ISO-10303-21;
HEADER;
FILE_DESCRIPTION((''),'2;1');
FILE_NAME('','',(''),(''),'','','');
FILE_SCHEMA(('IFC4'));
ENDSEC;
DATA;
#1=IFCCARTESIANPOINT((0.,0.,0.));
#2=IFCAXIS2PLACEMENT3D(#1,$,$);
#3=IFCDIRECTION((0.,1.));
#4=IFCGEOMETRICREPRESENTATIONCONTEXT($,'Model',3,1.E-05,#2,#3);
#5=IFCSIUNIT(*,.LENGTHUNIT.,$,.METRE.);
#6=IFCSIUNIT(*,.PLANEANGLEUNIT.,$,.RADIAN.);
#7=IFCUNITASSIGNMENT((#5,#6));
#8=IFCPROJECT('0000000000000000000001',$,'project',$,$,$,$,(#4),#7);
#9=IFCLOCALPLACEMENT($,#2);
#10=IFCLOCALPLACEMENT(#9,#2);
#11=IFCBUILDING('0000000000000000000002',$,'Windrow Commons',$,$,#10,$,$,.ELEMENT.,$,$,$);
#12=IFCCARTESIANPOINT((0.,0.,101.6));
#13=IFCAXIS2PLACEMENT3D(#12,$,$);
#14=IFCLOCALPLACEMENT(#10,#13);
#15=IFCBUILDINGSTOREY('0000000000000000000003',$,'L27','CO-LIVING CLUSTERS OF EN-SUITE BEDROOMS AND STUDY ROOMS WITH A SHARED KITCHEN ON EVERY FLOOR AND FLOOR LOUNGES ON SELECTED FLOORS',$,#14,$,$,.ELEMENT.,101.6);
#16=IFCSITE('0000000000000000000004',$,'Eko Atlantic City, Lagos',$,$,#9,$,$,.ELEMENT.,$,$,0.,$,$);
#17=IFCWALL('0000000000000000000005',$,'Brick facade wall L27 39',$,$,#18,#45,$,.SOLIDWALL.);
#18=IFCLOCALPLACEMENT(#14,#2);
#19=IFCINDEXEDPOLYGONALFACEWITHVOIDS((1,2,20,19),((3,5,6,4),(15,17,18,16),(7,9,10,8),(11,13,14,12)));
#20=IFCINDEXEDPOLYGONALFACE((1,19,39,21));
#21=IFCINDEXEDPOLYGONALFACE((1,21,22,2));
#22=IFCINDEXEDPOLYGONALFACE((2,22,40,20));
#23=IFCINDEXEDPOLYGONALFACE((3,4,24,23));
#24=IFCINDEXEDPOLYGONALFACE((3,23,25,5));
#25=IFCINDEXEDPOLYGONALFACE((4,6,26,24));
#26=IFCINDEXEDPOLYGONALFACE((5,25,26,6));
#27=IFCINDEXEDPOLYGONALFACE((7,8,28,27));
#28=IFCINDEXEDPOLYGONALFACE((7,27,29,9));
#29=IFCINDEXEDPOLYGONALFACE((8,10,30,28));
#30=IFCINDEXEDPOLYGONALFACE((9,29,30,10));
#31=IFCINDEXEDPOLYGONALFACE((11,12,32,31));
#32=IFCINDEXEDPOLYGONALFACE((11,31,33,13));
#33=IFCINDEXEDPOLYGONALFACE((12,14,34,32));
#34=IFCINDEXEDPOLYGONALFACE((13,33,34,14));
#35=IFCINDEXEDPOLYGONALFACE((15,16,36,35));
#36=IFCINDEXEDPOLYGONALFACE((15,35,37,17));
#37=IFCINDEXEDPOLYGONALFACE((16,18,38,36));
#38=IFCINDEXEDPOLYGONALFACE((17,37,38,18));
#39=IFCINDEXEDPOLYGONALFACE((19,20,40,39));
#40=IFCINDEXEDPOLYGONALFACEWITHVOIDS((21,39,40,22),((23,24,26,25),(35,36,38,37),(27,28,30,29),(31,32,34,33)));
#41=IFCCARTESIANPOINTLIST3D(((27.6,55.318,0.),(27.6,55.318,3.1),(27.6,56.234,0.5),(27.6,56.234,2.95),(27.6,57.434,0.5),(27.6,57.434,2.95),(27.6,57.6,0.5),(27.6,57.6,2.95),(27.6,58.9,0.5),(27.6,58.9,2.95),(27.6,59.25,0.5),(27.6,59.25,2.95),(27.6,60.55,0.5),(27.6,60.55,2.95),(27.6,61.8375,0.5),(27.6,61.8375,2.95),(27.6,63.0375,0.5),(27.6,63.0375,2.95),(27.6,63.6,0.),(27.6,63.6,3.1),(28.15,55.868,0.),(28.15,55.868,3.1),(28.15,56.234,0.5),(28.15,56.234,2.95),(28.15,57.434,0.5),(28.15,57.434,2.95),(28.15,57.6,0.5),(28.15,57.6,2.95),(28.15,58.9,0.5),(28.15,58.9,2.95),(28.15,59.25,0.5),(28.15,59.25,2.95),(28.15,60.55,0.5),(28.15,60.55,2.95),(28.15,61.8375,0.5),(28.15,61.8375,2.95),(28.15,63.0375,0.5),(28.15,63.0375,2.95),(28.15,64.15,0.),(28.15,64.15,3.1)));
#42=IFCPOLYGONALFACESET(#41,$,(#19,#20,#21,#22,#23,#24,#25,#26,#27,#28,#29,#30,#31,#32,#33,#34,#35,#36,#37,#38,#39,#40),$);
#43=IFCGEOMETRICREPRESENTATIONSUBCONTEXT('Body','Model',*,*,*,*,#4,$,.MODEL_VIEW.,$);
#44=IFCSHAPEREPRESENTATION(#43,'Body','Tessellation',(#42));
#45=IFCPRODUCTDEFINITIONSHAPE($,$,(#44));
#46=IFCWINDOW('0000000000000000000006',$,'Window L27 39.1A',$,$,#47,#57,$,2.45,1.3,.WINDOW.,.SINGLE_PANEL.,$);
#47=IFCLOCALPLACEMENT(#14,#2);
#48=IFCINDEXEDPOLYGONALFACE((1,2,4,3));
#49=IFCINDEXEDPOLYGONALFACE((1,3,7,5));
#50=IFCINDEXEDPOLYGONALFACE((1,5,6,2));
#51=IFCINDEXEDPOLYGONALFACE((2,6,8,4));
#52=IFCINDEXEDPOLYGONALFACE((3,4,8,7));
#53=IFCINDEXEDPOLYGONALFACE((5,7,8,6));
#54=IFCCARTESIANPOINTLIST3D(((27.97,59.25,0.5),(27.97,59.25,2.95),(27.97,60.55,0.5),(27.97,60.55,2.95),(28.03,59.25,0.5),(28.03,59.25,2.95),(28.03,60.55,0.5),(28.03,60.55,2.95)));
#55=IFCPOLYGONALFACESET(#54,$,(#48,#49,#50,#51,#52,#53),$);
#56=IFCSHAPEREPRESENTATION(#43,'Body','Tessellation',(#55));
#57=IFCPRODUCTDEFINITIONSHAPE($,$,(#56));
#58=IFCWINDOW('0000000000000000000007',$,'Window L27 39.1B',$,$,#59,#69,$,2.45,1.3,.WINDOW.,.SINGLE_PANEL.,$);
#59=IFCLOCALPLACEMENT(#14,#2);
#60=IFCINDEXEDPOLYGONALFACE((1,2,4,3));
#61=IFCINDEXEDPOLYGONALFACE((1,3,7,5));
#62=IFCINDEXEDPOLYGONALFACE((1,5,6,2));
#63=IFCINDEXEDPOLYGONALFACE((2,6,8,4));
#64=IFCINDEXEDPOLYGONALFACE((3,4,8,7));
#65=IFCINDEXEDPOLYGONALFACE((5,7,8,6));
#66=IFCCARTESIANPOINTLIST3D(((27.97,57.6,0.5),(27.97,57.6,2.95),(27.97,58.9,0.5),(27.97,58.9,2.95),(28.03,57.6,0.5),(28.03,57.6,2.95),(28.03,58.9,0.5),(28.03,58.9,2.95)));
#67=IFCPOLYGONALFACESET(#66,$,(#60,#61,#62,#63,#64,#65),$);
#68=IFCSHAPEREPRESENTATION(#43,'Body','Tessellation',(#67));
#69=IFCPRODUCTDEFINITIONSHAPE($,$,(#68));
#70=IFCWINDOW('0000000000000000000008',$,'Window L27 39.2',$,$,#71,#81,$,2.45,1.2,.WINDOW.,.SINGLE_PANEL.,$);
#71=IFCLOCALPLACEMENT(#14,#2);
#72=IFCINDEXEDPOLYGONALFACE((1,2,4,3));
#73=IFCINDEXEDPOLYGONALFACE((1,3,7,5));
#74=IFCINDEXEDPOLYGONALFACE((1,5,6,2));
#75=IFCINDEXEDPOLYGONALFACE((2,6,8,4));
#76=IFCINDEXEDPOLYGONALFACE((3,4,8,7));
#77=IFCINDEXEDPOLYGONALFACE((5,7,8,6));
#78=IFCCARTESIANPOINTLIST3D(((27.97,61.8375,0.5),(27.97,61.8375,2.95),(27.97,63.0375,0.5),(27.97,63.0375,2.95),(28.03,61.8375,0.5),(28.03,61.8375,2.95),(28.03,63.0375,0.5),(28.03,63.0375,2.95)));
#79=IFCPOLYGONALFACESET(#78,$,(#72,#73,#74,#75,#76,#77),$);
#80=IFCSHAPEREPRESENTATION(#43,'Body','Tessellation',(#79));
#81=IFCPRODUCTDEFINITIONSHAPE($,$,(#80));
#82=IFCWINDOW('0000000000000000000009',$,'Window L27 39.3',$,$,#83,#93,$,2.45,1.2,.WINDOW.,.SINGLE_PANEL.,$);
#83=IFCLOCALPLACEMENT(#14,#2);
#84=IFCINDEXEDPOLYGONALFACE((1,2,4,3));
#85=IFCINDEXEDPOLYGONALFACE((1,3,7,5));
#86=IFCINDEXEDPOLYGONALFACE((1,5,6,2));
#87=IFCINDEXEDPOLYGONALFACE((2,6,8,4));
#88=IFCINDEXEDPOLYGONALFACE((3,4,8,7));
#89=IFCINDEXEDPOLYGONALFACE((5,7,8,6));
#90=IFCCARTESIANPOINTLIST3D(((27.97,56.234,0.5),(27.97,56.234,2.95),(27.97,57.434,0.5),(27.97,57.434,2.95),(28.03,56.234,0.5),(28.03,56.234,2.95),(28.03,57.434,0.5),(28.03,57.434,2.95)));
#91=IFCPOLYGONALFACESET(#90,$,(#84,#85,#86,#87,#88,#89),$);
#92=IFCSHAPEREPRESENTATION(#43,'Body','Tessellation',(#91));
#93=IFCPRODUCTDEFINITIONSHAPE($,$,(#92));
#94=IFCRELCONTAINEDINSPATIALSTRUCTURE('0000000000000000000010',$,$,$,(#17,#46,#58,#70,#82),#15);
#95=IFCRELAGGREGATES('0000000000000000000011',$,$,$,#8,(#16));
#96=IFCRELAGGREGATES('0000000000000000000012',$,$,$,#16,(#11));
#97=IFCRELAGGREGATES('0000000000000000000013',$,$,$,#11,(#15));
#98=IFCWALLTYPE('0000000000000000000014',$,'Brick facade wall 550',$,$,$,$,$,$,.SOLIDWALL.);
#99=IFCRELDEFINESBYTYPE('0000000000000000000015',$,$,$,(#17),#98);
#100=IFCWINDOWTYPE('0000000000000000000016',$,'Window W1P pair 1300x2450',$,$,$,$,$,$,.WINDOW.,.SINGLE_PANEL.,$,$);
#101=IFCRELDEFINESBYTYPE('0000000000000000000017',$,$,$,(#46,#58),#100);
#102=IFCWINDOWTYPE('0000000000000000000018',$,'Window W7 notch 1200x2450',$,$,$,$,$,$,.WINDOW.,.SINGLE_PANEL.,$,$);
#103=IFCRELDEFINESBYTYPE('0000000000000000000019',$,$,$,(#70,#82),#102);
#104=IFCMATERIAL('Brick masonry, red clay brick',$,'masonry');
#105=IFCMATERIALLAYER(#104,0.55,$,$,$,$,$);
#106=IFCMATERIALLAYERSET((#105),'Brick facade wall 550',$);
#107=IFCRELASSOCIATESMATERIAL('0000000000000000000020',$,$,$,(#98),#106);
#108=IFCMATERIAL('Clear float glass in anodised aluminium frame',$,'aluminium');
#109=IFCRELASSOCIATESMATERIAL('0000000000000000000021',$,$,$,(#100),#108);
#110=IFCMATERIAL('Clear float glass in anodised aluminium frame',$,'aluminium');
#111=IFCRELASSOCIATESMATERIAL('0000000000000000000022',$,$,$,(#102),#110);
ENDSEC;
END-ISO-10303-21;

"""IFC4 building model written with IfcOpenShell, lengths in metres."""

from ifc_helpers import new_model, si_unit, direction, frame, frame_2d, origin, place, context, subcontext, project, spatial, polyline, rectangle, outline, extrude, material, layer, layer_set, type_object, element, fill, save


model = new_model("IFC4")

# Units and contexts
model_context = context("Model", 3, precision=1e-05, world=origin(), true_north=direction((0.0, 1.0)))
body_context = subcontext(model_context, "Body", "Model", "MODEL_VIEW")
ifc_project = project(units=[si_unit("LENGTHUNIT", "METRE"), si_unit("PLANEANGLEUNIT", "RADIAN")], contexts=[model_context])

# Site, building, storey
site_placement = place(None, origin())
site = spatial("IfcSite", under=ifc_project, at=site_placement, Name="Eko Atlantic City, Lagos", CompositionType="ELEMENT", RefElevation=0.0)
building_placement = place(site_placement, origin())
building = spatial("IfcBuilding", under=site, at=building_placement, Name="Windrow Commons", CompositionType="ELEMENT")
storey_placement = place(building_placement, frame((0.0, 0.0, 101.6)))
storey = spatial("IfcBuildingStorey", under=building, at=storey_placement, Name="L27", Description="CO-LIVING CLUSTERS OF EN-SUITE BEDROOMS AND STUDY ROOMS WITH A SHARED KITCHEN ON EVERY FLOOR AND FLOOR LOUNGES ON SELECTED FLOORS", CompositionType="ELEMENT", Elevation=101.6)

# Wall, openings, windows
ifc_material_1 = material(Name="Brick masonry, red clay brick", Category="masonry")
ifc_layer_1 = layer(ifc_material_1, 0.55)
ifc_layer_set_1 = layer_set([ifc_layer_1], Name="Brick facade wall 550")
wall_type_1 = type_object("IfcWallType", Name="Brick facade wall 550", PredefinedType="SOLIDWALL", material=ifc_layer_set_1)
ifc_material_2 = material(Name="Clear float glass in anodised aluminium frame", Category="aluminium")
window_type_1 = type_object("IfcWindowType", Name="Window W1P pair 1300x2450", PartitioningType="SINGLE_PANEL", PredefinedType="WINDOW", material=ifc_material_2)
ifc_material_3 = material(Name="Clear float glass in anodised aluminium frame", Category="aluminium")
window_type_2 = type_object("IfcWindowType", Name="Window W7 notch 1200x2450", PartitioningType="SINGLE_PANEL", PredefinedType="WINDOW", material=ifc_material_3)
wall_1_placement = place(storey_placement, frame((27.875, 63.875, 0.0), z_axis=(0.0, 0.0, 1.0), x_axis=(0.0, -1.0, 0.0)))
wall_1 = element("IfcWall", 1, at=wall_1_placement, inside=storey, type_object=wall_type_1, Name="Brick facade wall L27 39", PredefinedType="SOLIDWALL", context=body_context, shape_type="SweptSolid", body=[
    extrude(outline(polyline([(0.275, -0.275), (8.557, -0.275), (8.007, 0.275), (-0.275, 0.275), (0.275, -0.275)])), origin(), (0.0, 0.0, 1.0), 3.1),
])
opening_1_placement = place(wall_1_placement, frame((3.325, 0.0, 0.5)))
opening_1 = element("IfcOpeningElement", 2, at=opening_1_placement, cuts=wall_1, PredefinedType="OPENING", context=body_context, shape_type="SweptSolid", body=[
    extrude(rectangle(XDim=1.3, YDim=2.45, at=frame_2d((0.65, 1.225))), frame((0.0, 0.285, 0.0), z_axis=(0.0, -1.0, 0.0), x_axis=(1.0, 0.0, 0.0)), (0.0, 0.0, 1.0), 0.57),
])
opening_2_placement = place(wall_1_placement, frame((4.975, 0.0, 0.5)))
opening_2 = element("IfcOpeningElement", 3, at=opening_2_placement, cuts=wall_1, PredefinedType="OPENING", context=body_context, shape_type="SweptSolid", body=[
    extrude(rectangle(XDim=1.3, YDim=2.45, at=frame_2d((0.65, 1.225))), frame((0.0, 0.285, 0.0), z_axis=(0.0, -1.0, 0.0), x_axis=(1.0, 0.0, 0.0)), (0.0, 0.0, 1.0), 0.57),
])
opening_3_placement = place(wall_1_placement, frame((0.8375, 0.0, 0.5)))
opening_3 = element("IfcOpeningElement", 4, at=opening_3_placement, cuts=wall_1, PredefinedType="OPENING", context=body_context, shape_type="SweptSolid", body=[
    extrude(rectangle(XDim=1.2, YDim=2.45, at=frame_2d((0.6, 1.225))), frame((0.0, 0.285, 0.0), z_axis=(0.0, -1.0, 0.0), x_axis=(1.0, 0.0, 0.0)), (0.0, 0.0, 1.0), 0.57),
])
opening_4_placement = place(wall_1_placement, frame((6.441, 0.0, 0.5)))
opening_4 = element("IfcOpeningElement", 5, at=opening_4_placement, cuts=wall_1, PredefinedType="OPENING", context=body_context, shape_type="SweptSolid", body=[
    extrude(rectangle(XDim=1.2, YDim=2.45, at=frame_2d((0.6, 1.225))), frame((0.0, 0.285, 0.0), z_axis=(0.0, -1.0, 0.0), x_axis=(1.0, 0.0, 0.0)), (0.0, 0.0, 1.0), 0.57),
])
window_1_placement = place(opening_1_placement, origin())
window_1 = element("IfcWindow", 6, at=window_1_placement, inside=storey, type_object=window_type_1, Name="Window L27 39.1A", OverallHeight=2.45, OverallWidth=1.3, PartitioningType="SINGLE_PANEL", PredefinedType="WINDOW", context=body_context, shape_type="SweptSolid", body=[
    extrude(rectangle(XDim=1.3, YDim=2.45, at=frame_2d((0.65, 1.225))), frame((0.0, 0.155, 0.0), z_axis=(0.0, -1.0, 0.0), x_axis=(1.0, 0.0, 0.0)), (0.0, 0.0, 1.0), 0.06),
])
fill(opening_1, window_1)
window_2_placement = place(opening_2_placement, origin())
window_2 = element("IfcWindow", 7, at=window_2_placement, inside=storey, type_object=window_type_1, Name="Window L27 39.1B", OverallHeight=2.45, OverallWidth=1.3, PartitioningType="SINGLE_PANEL", PredefinedType="WINDOW", context=body_context, shape_type="SweptSolid", body=[
    extrude(rectangle(XDim=1.3, YDim=2.45, at=frame_2d((0.65, 1.225))), frame((0.0, 0.155, 0.0), z_axis=(0.0, -1.0, 0.0), x_axis=(1.0, 0.0, 0.0)), (0.0, 0.0, 1.0), 0.06),
])
fill(opening_2, window_2)
window_3_placement = place(opening_3_placement, origin())
window_3 = element("IfcWindow", 8, at=window_3_placement, inside=storey, type_object=window_type_2, Name="Window L27 39.2", OverallHeight=2.45, OverallWidth=1.2, PartitioningType="SINGLE_PANEL", PredefinedType="WINDOW", context=body_context, shape_type="SweptSolid", body=[
    extrude(rectangle(XDim=1.2, YDim=2.45, at=frame_2d((0.6, 1.225))), frame((0.0, 0.155, 0.0), z_axis=(0.0, -1.0, 0.0), x_axis=(1.0, 0.0, 0.0)), (0.0, 0.0, 1.0), 0.06),
])
fill(opening_3, window_3)
window_4_placement = place(opening_4_placement, origin())
window_4 = element("IfcWindow", 9, at=window_4_placement, inside=storey, type_object=window_type_2, Name="Window L27 39.3", OverallHeight=2.45, OverallWidth=1.2, PartitioningType="SINGLE_PANEL", PredefinedType="WINDOW", context=body_context, shape_type="SweptSolid", body=[
    extrude(rectangle(XDim=1.2, YDim=2.45, at=frame_2d((0.6, 1.225))), frame((0.0, 0.155, 0.0), z_axis=(0.0, -1.0, 0.0), x_axis=(1.0, 0.0, 0.0)), (0.0, 0.0, 1.0), 0.06),
])
fill(opening_4, window_4)

save(model, "model.ifc")
